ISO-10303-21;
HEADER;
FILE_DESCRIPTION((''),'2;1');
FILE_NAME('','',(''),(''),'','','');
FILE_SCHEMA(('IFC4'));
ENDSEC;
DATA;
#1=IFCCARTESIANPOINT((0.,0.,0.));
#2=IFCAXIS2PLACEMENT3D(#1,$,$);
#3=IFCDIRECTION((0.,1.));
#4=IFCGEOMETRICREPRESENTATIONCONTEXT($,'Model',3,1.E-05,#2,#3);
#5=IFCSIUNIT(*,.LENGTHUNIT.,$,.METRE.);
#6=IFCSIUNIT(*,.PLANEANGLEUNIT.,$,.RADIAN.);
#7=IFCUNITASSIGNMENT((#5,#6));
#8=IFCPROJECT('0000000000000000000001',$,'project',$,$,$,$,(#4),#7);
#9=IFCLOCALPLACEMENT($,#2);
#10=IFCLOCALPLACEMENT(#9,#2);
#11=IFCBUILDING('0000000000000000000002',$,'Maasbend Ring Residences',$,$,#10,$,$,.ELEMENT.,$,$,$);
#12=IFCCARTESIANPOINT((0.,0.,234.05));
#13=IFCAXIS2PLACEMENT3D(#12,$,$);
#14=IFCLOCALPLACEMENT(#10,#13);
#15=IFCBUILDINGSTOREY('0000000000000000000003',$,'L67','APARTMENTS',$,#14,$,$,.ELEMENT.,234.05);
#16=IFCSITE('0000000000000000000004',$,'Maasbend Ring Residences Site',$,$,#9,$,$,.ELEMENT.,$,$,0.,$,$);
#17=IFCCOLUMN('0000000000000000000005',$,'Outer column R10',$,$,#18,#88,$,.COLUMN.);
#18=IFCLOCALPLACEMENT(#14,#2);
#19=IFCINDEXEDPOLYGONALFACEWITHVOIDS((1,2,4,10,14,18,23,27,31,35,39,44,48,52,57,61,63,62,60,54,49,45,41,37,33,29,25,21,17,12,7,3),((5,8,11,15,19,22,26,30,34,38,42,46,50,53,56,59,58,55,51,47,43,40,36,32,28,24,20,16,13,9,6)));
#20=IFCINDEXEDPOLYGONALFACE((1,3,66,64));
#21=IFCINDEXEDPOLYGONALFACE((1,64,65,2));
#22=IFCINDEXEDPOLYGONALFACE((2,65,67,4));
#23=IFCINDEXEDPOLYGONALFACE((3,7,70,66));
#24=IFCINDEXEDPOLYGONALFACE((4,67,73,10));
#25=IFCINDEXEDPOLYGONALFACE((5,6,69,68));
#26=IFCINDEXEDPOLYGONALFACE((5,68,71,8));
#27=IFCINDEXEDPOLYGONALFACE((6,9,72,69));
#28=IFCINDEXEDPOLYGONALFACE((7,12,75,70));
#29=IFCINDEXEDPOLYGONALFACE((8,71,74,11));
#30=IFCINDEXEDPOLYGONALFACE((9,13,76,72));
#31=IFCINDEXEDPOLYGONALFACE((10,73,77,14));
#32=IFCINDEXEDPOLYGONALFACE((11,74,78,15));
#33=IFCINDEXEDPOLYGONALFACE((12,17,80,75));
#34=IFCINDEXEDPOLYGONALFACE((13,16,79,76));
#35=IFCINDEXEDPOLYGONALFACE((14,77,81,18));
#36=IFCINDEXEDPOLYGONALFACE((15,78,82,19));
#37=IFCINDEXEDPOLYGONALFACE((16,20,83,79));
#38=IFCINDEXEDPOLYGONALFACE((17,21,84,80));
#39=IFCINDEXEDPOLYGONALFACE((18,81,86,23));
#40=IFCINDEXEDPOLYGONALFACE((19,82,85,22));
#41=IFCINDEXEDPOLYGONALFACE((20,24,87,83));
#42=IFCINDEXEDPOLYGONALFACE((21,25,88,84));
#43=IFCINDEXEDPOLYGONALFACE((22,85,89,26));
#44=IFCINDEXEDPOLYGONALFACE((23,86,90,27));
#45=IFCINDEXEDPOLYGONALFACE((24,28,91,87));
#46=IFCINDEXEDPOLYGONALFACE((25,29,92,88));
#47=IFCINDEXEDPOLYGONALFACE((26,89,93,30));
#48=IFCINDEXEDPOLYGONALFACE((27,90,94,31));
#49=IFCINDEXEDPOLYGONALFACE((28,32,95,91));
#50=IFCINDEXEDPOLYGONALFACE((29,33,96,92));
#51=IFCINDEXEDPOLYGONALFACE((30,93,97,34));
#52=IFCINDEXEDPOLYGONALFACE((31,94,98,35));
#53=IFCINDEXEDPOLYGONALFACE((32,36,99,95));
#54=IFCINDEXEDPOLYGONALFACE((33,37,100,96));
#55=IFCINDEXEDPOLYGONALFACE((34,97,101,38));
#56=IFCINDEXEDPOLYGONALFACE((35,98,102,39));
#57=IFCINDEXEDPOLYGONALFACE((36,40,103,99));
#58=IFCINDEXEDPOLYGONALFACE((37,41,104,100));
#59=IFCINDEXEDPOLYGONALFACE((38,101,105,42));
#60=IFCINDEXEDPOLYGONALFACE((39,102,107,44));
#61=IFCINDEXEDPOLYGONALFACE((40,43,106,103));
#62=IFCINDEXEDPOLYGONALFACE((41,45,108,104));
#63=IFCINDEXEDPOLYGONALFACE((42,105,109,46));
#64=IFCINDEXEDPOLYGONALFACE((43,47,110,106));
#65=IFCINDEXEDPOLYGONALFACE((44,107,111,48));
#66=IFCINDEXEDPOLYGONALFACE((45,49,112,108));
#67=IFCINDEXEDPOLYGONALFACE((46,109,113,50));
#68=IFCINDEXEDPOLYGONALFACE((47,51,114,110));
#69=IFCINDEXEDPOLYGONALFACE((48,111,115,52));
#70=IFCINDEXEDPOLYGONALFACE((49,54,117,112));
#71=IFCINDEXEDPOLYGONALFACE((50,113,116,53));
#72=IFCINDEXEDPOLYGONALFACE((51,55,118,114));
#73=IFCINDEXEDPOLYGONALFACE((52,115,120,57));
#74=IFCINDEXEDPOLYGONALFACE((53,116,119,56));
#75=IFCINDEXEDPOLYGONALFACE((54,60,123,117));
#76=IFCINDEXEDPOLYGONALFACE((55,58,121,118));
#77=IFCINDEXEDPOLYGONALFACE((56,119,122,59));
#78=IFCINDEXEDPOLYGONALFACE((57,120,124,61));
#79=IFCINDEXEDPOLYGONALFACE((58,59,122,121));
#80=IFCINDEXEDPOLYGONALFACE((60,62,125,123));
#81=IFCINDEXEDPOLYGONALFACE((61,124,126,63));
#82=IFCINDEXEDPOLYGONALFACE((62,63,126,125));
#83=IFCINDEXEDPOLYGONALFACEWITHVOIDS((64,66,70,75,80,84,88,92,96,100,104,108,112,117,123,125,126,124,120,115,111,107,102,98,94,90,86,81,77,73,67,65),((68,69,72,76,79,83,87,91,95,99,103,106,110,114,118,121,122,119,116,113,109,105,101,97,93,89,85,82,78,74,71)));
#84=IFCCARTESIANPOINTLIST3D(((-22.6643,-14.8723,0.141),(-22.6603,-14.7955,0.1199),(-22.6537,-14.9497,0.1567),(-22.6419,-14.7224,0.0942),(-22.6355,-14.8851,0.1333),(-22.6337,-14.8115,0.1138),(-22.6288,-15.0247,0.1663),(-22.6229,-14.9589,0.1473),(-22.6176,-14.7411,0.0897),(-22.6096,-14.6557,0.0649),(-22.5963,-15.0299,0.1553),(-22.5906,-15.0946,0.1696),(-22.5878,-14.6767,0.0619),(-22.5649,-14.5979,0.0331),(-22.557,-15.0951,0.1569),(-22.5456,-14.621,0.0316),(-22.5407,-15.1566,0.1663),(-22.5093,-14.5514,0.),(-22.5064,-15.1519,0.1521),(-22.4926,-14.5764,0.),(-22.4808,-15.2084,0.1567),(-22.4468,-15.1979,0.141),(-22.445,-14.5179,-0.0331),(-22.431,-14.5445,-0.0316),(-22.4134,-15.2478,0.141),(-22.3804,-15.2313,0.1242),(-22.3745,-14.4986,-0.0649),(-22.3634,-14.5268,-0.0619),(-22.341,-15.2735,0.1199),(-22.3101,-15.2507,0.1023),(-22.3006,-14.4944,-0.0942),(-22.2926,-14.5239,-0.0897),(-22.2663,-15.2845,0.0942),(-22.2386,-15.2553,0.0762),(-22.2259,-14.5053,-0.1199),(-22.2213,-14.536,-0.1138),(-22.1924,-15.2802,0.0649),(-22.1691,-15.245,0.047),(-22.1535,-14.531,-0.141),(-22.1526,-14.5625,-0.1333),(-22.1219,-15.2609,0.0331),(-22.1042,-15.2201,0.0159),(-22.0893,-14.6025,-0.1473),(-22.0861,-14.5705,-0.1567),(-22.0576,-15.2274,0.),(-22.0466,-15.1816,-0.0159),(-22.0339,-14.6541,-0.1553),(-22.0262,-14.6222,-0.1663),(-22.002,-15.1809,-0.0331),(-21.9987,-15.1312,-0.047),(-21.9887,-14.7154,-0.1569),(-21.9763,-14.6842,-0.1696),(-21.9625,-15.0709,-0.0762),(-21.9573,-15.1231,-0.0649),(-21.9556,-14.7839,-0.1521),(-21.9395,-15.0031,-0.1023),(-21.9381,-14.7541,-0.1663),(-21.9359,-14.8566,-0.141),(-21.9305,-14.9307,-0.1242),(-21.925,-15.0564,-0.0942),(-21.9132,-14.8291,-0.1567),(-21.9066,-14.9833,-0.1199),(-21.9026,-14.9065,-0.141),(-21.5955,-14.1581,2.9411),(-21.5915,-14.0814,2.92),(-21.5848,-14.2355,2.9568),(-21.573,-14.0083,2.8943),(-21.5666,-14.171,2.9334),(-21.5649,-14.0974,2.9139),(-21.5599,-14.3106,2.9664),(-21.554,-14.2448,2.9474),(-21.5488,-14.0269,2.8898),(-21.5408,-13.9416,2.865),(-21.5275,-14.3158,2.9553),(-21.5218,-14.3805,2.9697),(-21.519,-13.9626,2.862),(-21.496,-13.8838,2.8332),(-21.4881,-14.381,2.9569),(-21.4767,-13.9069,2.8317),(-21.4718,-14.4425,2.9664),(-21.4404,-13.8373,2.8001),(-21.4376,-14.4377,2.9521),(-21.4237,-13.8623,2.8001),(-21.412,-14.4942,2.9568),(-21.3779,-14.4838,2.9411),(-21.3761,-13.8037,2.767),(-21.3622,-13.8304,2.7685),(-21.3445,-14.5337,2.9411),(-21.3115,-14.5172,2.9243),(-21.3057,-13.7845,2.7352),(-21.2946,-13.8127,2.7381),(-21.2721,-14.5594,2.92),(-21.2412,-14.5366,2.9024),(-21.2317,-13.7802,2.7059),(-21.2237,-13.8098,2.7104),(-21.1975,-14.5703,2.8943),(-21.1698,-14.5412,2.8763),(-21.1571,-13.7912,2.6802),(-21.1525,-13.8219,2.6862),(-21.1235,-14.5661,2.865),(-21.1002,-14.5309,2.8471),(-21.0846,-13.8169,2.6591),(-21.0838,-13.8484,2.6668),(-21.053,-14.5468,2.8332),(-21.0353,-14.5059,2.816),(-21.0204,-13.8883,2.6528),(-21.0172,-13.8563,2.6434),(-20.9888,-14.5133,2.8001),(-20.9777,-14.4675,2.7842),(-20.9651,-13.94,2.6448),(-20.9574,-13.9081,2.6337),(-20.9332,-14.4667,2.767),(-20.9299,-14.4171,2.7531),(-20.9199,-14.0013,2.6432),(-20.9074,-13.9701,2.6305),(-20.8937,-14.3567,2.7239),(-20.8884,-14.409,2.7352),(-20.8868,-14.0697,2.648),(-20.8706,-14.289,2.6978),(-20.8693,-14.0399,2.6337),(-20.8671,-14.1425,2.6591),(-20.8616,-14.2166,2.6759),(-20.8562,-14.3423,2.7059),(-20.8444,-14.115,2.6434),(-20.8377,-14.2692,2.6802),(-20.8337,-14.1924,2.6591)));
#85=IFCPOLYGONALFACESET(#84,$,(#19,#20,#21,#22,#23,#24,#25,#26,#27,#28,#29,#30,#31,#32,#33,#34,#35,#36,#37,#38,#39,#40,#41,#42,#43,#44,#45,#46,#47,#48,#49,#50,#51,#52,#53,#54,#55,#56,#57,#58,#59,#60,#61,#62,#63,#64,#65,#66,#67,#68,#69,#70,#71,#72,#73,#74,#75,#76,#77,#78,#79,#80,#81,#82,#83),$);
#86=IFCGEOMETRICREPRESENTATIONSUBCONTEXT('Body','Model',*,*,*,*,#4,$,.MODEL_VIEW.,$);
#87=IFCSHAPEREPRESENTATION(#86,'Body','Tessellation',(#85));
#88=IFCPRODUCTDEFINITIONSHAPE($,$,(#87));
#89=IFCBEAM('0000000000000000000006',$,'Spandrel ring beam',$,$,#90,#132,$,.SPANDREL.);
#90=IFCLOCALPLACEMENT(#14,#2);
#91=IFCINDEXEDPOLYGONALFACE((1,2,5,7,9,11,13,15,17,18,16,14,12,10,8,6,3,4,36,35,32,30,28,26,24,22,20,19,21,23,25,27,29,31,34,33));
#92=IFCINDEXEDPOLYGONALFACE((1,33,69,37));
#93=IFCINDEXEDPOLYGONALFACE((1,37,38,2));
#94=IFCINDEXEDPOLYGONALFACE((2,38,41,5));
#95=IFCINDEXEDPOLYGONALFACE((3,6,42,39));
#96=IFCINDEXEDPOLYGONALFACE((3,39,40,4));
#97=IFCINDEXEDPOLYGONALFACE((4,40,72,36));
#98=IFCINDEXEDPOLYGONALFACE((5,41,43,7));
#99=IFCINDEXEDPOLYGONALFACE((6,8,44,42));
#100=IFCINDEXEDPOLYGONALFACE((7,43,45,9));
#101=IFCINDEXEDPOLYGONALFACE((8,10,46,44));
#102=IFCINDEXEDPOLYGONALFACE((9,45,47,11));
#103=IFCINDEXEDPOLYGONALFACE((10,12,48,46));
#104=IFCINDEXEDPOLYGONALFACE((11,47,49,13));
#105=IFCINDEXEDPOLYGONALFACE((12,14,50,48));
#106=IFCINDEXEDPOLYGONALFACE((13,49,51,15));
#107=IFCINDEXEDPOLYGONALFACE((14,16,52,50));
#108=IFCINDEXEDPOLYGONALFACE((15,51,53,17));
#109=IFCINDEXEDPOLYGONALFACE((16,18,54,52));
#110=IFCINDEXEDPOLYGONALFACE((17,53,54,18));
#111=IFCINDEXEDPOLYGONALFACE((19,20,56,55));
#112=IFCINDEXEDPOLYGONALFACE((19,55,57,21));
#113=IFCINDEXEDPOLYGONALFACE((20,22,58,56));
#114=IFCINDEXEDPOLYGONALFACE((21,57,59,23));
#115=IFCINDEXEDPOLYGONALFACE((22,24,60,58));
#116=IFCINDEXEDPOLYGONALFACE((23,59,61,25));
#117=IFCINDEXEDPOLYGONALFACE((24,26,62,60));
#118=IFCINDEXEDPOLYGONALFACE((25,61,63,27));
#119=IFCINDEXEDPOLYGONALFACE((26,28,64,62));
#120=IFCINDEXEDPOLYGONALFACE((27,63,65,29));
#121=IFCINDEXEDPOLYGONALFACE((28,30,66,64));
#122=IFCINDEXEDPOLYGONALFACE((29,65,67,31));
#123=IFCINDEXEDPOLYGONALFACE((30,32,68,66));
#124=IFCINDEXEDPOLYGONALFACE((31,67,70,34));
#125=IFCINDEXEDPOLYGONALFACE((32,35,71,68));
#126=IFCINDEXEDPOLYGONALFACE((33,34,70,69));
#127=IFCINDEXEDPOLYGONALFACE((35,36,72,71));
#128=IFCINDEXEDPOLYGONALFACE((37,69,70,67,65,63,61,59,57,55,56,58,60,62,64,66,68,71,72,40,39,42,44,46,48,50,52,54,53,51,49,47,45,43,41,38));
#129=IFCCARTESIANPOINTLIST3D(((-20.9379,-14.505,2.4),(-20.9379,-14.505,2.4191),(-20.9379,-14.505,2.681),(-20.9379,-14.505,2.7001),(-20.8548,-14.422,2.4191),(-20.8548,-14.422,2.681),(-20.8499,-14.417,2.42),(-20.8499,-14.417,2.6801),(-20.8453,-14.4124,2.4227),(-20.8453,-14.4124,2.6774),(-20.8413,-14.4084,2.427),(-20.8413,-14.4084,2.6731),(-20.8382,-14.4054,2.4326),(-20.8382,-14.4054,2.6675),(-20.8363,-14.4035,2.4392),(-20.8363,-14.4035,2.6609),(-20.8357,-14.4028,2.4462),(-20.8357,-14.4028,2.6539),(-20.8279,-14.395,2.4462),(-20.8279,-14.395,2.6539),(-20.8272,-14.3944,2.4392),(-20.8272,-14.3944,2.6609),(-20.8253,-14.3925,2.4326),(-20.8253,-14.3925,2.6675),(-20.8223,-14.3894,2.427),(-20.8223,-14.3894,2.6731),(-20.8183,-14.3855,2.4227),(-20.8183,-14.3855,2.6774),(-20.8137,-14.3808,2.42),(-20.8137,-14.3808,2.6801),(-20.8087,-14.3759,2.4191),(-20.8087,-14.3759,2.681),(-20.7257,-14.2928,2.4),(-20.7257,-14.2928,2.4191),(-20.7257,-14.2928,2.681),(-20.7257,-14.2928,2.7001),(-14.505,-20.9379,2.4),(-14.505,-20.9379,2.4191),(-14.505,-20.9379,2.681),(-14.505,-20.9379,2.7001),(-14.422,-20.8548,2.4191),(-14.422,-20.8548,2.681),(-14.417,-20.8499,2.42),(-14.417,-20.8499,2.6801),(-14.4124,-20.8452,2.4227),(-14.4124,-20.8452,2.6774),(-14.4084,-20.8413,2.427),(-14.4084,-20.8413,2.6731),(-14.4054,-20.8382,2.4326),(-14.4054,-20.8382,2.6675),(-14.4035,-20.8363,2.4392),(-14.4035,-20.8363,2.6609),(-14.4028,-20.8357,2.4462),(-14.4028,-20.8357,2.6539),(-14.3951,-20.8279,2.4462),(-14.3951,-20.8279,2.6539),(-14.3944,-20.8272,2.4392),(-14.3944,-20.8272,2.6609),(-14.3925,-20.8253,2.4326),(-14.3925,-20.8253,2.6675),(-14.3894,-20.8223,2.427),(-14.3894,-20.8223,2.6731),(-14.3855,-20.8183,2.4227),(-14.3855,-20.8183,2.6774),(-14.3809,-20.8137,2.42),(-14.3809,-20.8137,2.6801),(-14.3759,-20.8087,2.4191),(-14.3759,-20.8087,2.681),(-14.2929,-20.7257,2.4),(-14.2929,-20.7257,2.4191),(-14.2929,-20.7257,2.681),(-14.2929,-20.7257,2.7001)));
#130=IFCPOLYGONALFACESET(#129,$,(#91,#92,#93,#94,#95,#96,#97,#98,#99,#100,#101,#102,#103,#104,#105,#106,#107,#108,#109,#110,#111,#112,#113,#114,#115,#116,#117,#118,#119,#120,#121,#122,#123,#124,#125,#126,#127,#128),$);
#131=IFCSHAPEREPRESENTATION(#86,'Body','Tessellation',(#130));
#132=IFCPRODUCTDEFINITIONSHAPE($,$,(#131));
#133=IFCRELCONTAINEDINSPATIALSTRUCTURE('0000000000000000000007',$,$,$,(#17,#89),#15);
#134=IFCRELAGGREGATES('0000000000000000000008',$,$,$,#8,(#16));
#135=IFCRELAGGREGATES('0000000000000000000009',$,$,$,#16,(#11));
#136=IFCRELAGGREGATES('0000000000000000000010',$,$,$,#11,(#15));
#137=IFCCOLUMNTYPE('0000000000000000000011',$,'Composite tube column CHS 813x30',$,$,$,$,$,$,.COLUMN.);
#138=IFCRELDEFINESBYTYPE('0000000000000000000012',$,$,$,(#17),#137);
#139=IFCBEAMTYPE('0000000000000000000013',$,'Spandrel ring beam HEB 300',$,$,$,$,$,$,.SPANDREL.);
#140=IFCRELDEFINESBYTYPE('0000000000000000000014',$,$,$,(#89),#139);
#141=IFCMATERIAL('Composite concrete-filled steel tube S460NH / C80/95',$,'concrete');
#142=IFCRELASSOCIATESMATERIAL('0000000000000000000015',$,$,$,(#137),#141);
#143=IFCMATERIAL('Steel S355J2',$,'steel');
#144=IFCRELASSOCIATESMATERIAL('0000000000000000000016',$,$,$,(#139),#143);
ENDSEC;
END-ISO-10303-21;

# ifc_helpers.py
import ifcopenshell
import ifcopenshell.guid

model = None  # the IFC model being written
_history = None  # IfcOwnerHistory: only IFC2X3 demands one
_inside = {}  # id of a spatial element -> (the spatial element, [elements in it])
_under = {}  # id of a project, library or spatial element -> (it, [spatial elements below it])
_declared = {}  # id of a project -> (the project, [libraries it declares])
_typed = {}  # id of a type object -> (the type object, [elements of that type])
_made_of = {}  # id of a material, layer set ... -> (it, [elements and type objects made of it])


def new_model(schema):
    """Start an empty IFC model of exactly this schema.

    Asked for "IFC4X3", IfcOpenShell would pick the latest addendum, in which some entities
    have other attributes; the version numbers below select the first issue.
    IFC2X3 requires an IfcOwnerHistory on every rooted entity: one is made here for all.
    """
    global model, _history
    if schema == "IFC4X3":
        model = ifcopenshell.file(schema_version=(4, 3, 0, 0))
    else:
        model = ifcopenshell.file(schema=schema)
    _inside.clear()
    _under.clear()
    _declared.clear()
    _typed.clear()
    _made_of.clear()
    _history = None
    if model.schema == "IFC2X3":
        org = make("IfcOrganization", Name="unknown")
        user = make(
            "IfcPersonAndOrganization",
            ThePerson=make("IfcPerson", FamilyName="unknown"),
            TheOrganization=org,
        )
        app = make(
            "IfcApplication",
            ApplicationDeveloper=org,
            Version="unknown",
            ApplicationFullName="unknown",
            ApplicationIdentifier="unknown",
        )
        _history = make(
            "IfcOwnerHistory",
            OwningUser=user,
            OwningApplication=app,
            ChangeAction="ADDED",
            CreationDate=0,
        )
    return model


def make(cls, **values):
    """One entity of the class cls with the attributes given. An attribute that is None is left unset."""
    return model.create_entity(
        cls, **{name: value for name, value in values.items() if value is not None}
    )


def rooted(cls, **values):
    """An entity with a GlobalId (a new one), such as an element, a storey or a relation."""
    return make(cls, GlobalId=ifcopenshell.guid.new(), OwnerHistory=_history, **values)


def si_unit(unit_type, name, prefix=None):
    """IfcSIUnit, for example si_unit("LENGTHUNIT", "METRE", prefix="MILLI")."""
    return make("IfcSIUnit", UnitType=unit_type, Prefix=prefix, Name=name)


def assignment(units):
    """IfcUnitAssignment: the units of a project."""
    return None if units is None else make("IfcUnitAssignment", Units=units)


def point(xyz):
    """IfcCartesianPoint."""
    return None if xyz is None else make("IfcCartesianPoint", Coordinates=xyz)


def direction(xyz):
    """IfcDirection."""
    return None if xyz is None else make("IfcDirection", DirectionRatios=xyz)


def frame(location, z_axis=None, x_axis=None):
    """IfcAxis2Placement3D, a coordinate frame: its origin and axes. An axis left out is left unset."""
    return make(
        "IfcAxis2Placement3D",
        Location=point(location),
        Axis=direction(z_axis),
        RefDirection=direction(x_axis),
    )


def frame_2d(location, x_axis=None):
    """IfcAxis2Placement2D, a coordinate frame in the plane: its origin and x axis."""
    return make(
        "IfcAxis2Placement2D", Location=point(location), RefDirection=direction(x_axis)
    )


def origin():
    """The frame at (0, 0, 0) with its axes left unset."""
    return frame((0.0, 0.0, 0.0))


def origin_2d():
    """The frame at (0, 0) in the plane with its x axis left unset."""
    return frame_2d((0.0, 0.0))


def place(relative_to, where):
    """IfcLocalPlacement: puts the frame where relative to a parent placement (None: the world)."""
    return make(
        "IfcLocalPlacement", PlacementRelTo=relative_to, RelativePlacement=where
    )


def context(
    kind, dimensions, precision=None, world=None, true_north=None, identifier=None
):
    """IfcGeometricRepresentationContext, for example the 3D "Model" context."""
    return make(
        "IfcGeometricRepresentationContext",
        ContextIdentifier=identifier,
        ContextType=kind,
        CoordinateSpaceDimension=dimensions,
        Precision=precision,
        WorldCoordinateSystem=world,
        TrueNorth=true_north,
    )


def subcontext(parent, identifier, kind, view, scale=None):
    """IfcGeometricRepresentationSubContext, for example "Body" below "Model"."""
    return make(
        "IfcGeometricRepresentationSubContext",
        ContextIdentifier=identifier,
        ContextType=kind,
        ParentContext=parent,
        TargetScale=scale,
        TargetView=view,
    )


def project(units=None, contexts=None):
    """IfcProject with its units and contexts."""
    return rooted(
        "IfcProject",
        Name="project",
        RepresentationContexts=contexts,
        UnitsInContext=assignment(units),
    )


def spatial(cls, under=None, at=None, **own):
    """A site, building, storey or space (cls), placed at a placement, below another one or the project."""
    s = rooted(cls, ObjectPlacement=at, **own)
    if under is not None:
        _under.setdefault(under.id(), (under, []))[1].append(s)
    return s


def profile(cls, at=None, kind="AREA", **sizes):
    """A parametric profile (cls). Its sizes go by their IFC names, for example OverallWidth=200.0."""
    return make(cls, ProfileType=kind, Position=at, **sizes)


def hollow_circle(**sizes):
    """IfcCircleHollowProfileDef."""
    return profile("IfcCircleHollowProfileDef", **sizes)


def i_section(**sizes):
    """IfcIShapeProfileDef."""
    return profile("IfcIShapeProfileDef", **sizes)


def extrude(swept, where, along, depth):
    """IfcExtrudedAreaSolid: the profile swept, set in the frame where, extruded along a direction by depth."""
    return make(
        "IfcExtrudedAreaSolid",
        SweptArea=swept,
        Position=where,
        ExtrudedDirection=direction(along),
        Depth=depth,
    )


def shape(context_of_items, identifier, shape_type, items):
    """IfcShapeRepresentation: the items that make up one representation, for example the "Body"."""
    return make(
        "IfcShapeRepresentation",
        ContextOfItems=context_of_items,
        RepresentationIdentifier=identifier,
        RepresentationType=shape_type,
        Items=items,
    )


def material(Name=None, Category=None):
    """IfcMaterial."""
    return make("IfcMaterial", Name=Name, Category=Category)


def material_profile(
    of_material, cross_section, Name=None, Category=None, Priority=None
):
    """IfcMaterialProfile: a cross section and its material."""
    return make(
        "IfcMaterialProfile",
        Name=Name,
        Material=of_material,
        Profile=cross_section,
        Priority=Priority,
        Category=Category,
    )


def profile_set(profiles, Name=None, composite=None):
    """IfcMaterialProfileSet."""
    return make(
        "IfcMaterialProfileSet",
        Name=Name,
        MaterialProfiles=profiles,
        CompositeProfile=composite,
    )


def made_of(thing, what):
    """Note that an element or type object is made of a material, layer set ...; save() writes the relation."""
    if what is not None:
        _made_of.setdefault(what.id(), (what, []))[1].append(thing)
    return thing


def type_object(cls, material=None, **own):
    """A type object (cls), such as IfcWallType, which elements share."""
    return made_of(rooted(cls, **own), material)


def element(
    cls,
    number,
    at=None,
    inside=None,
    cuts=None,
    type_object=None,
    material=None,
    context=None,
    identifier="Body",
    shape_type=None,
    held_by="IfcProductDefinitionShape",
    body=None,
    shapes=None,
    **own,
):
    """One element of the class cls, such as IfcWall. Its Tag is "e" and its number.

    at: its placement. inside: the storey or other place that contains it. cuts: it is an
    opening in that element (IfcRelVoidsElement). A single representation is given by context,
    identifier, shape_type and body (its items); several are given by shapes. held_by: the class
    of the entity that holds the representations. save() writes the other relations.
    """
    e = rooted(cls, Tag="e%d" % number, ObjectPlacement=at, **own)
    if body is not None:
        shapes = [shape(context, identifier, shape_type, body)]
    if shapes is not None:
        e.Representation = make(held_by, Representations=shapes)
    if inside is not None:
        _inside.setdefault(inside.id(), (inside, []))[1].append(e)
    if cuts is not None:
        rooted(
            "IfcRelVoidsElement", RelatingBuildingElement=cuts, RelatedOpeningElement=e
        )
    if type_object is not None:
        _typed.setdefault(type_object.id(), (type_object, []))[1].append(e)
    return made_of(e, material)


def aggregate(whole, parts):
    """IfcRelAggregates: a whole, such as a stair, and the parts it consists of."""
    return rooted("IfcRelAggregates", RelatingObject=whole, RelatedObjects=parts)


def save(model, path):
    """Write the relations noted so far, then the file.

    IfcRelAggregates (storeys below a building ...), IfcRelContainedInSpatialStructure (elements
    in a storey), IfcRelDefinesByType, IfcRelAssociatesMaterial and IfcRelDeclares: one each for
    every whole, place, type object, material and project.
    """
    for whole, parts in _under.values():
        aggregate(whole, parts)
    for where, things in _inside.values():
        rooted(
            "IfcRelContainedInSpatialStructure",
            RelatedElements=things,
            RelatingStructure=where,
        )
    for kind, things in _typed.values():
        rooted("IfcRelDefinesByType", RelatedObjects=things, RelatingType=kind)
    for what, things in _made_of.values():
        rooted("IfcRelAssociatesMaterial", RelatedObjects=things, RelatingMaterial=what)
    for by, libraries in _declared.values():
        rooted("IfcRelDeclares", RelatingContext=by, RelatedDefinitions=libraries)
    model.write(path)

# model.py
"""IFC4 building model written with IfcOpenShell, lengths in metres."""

from ifc_helpers import new_model, si_unit, direction, frame, origin, origin_2d, place, context, subcontext, project, spatial, hollow_circle, i_section, extrude, material, material_profile, profile_set, type_object, element, save


model = new_model("IFC4")

# Units and contexts
model_context = context("Model", 3, precision=1e-05, world=origin(), true_north=direction((0.0, 1.0)))
body_context = subcontext(model_context, "Body", "Model", "MODEL_VIEW")
ifc_project = project(units=[si_unit("LENGTHUNIT", "METRE"), si_unit("PLANEANGLEUNIT", "RADIAN")], contexts=[model_context])

# Site, building, storey
site_placement = place(None, origin())
site = spatial("IfcSite", under=ifc_project, at=site_placement, Name="Maasbend Ring Residences Site", CompositionType="ELEMENT", RefElevation=0.0)
building_placement = place(site_placement, origin())
building = spatial("IfcBuilding", under=site, at=building_placement, Name="Maasbend Ring Residences", CompositionType="ELEMENT")
storey_placement = place(building_placement, frame((0.0, 0.0, 234.05)))
storey = spatial("IfcBuildingStorey", under=building, at=storey_placement, Name="L67", Description="APARTMENTS", CompositionType="ELEMENT", Elevation=234.05)

# Column
ifc_material_1 = material(Name="Composite concrete-filled steel tube S460NH / C80/95", Category="concrete")
ifc_material_profile_1 = material_profile(ifc_material_1, hollow_circle(Radius=0.4065, WallThickness=0.03, at=origin_2d()), Name="Composite tube column CHS 813x30")
ifc_profile_set_1 = profile_set([ifc_material_profile_1], Name="Composite concrete-filled steel tube S460NH / C80/95")
column_type = type_object("IfcColumnType", Name="Composite tube column CHS 813x30", PredefinedType="COLUMN", material=ifc_profile_set_1)
column_placement = place(storey_placement, frame((-22.2834, -14.8894, 0.0), z_axis=(0.346914, 0.231778, 0.908807), x_axis=(-0.555533, 0.831495, 0.0)))
element("IfcColumn", 1, at=column_placement, inside=storey, type_object=column_type, Name="Outer column R10", PredefinedType="COLUMN", context=body_context, shape_type="SweptSolid", body=[
    extrude(hollow_circle(Radius=0.4065, WallThickness=0.03, at=origin_2d()), origin(), (0.0, 0.0, 1.0), 3.0811),
])

# Beam
ifc_material_2 = material(Name="Steel S355J2", Category="steel")
ifc_material_profile_2 = material_profile(ifc_material_2, i_section(OverallWidth=0.3, OverallDepth=0.3, WebThickness=0.011, FlangeThickness=0.019, FilletRadius=0.0271, at=origin_2d()), Name="HEB 300")
ifc_profile_set_2 = profile_set([ifc_material_profile_2], Name="Steel S355J2")
beam_type = type_object("IfcBeamType", Name="Spandrel ring beam HEB 300", PredefinedType="SPANDREL", material=ifc_profile_set_2)
beam_placement = place(storey_placement, frame((-20.8318, -14.3989, 2.55), z_axis=(0.707107, -0.707107, 0.0), x_axis=(0.707107, 0.707107, 0.0)))
element("IfcBeam", 2, at=beam_placement, inside=storey, type_object=beam_type, Name="Spandrel ring beam", PredefinedType="SPANDREL", context=body_context, shape_type="SweptSolid", body=[
    extrude(i_section(OverallWidth=0.3, OverallDepth=0.3, WebThickness=0.011, FlangeThickness=0.019, FilletRadius=0.0271, at=origin_2d()), origin(), (0.0, 0.0, 1.0), 9.0974),
])

save(model, "model.ifc")
